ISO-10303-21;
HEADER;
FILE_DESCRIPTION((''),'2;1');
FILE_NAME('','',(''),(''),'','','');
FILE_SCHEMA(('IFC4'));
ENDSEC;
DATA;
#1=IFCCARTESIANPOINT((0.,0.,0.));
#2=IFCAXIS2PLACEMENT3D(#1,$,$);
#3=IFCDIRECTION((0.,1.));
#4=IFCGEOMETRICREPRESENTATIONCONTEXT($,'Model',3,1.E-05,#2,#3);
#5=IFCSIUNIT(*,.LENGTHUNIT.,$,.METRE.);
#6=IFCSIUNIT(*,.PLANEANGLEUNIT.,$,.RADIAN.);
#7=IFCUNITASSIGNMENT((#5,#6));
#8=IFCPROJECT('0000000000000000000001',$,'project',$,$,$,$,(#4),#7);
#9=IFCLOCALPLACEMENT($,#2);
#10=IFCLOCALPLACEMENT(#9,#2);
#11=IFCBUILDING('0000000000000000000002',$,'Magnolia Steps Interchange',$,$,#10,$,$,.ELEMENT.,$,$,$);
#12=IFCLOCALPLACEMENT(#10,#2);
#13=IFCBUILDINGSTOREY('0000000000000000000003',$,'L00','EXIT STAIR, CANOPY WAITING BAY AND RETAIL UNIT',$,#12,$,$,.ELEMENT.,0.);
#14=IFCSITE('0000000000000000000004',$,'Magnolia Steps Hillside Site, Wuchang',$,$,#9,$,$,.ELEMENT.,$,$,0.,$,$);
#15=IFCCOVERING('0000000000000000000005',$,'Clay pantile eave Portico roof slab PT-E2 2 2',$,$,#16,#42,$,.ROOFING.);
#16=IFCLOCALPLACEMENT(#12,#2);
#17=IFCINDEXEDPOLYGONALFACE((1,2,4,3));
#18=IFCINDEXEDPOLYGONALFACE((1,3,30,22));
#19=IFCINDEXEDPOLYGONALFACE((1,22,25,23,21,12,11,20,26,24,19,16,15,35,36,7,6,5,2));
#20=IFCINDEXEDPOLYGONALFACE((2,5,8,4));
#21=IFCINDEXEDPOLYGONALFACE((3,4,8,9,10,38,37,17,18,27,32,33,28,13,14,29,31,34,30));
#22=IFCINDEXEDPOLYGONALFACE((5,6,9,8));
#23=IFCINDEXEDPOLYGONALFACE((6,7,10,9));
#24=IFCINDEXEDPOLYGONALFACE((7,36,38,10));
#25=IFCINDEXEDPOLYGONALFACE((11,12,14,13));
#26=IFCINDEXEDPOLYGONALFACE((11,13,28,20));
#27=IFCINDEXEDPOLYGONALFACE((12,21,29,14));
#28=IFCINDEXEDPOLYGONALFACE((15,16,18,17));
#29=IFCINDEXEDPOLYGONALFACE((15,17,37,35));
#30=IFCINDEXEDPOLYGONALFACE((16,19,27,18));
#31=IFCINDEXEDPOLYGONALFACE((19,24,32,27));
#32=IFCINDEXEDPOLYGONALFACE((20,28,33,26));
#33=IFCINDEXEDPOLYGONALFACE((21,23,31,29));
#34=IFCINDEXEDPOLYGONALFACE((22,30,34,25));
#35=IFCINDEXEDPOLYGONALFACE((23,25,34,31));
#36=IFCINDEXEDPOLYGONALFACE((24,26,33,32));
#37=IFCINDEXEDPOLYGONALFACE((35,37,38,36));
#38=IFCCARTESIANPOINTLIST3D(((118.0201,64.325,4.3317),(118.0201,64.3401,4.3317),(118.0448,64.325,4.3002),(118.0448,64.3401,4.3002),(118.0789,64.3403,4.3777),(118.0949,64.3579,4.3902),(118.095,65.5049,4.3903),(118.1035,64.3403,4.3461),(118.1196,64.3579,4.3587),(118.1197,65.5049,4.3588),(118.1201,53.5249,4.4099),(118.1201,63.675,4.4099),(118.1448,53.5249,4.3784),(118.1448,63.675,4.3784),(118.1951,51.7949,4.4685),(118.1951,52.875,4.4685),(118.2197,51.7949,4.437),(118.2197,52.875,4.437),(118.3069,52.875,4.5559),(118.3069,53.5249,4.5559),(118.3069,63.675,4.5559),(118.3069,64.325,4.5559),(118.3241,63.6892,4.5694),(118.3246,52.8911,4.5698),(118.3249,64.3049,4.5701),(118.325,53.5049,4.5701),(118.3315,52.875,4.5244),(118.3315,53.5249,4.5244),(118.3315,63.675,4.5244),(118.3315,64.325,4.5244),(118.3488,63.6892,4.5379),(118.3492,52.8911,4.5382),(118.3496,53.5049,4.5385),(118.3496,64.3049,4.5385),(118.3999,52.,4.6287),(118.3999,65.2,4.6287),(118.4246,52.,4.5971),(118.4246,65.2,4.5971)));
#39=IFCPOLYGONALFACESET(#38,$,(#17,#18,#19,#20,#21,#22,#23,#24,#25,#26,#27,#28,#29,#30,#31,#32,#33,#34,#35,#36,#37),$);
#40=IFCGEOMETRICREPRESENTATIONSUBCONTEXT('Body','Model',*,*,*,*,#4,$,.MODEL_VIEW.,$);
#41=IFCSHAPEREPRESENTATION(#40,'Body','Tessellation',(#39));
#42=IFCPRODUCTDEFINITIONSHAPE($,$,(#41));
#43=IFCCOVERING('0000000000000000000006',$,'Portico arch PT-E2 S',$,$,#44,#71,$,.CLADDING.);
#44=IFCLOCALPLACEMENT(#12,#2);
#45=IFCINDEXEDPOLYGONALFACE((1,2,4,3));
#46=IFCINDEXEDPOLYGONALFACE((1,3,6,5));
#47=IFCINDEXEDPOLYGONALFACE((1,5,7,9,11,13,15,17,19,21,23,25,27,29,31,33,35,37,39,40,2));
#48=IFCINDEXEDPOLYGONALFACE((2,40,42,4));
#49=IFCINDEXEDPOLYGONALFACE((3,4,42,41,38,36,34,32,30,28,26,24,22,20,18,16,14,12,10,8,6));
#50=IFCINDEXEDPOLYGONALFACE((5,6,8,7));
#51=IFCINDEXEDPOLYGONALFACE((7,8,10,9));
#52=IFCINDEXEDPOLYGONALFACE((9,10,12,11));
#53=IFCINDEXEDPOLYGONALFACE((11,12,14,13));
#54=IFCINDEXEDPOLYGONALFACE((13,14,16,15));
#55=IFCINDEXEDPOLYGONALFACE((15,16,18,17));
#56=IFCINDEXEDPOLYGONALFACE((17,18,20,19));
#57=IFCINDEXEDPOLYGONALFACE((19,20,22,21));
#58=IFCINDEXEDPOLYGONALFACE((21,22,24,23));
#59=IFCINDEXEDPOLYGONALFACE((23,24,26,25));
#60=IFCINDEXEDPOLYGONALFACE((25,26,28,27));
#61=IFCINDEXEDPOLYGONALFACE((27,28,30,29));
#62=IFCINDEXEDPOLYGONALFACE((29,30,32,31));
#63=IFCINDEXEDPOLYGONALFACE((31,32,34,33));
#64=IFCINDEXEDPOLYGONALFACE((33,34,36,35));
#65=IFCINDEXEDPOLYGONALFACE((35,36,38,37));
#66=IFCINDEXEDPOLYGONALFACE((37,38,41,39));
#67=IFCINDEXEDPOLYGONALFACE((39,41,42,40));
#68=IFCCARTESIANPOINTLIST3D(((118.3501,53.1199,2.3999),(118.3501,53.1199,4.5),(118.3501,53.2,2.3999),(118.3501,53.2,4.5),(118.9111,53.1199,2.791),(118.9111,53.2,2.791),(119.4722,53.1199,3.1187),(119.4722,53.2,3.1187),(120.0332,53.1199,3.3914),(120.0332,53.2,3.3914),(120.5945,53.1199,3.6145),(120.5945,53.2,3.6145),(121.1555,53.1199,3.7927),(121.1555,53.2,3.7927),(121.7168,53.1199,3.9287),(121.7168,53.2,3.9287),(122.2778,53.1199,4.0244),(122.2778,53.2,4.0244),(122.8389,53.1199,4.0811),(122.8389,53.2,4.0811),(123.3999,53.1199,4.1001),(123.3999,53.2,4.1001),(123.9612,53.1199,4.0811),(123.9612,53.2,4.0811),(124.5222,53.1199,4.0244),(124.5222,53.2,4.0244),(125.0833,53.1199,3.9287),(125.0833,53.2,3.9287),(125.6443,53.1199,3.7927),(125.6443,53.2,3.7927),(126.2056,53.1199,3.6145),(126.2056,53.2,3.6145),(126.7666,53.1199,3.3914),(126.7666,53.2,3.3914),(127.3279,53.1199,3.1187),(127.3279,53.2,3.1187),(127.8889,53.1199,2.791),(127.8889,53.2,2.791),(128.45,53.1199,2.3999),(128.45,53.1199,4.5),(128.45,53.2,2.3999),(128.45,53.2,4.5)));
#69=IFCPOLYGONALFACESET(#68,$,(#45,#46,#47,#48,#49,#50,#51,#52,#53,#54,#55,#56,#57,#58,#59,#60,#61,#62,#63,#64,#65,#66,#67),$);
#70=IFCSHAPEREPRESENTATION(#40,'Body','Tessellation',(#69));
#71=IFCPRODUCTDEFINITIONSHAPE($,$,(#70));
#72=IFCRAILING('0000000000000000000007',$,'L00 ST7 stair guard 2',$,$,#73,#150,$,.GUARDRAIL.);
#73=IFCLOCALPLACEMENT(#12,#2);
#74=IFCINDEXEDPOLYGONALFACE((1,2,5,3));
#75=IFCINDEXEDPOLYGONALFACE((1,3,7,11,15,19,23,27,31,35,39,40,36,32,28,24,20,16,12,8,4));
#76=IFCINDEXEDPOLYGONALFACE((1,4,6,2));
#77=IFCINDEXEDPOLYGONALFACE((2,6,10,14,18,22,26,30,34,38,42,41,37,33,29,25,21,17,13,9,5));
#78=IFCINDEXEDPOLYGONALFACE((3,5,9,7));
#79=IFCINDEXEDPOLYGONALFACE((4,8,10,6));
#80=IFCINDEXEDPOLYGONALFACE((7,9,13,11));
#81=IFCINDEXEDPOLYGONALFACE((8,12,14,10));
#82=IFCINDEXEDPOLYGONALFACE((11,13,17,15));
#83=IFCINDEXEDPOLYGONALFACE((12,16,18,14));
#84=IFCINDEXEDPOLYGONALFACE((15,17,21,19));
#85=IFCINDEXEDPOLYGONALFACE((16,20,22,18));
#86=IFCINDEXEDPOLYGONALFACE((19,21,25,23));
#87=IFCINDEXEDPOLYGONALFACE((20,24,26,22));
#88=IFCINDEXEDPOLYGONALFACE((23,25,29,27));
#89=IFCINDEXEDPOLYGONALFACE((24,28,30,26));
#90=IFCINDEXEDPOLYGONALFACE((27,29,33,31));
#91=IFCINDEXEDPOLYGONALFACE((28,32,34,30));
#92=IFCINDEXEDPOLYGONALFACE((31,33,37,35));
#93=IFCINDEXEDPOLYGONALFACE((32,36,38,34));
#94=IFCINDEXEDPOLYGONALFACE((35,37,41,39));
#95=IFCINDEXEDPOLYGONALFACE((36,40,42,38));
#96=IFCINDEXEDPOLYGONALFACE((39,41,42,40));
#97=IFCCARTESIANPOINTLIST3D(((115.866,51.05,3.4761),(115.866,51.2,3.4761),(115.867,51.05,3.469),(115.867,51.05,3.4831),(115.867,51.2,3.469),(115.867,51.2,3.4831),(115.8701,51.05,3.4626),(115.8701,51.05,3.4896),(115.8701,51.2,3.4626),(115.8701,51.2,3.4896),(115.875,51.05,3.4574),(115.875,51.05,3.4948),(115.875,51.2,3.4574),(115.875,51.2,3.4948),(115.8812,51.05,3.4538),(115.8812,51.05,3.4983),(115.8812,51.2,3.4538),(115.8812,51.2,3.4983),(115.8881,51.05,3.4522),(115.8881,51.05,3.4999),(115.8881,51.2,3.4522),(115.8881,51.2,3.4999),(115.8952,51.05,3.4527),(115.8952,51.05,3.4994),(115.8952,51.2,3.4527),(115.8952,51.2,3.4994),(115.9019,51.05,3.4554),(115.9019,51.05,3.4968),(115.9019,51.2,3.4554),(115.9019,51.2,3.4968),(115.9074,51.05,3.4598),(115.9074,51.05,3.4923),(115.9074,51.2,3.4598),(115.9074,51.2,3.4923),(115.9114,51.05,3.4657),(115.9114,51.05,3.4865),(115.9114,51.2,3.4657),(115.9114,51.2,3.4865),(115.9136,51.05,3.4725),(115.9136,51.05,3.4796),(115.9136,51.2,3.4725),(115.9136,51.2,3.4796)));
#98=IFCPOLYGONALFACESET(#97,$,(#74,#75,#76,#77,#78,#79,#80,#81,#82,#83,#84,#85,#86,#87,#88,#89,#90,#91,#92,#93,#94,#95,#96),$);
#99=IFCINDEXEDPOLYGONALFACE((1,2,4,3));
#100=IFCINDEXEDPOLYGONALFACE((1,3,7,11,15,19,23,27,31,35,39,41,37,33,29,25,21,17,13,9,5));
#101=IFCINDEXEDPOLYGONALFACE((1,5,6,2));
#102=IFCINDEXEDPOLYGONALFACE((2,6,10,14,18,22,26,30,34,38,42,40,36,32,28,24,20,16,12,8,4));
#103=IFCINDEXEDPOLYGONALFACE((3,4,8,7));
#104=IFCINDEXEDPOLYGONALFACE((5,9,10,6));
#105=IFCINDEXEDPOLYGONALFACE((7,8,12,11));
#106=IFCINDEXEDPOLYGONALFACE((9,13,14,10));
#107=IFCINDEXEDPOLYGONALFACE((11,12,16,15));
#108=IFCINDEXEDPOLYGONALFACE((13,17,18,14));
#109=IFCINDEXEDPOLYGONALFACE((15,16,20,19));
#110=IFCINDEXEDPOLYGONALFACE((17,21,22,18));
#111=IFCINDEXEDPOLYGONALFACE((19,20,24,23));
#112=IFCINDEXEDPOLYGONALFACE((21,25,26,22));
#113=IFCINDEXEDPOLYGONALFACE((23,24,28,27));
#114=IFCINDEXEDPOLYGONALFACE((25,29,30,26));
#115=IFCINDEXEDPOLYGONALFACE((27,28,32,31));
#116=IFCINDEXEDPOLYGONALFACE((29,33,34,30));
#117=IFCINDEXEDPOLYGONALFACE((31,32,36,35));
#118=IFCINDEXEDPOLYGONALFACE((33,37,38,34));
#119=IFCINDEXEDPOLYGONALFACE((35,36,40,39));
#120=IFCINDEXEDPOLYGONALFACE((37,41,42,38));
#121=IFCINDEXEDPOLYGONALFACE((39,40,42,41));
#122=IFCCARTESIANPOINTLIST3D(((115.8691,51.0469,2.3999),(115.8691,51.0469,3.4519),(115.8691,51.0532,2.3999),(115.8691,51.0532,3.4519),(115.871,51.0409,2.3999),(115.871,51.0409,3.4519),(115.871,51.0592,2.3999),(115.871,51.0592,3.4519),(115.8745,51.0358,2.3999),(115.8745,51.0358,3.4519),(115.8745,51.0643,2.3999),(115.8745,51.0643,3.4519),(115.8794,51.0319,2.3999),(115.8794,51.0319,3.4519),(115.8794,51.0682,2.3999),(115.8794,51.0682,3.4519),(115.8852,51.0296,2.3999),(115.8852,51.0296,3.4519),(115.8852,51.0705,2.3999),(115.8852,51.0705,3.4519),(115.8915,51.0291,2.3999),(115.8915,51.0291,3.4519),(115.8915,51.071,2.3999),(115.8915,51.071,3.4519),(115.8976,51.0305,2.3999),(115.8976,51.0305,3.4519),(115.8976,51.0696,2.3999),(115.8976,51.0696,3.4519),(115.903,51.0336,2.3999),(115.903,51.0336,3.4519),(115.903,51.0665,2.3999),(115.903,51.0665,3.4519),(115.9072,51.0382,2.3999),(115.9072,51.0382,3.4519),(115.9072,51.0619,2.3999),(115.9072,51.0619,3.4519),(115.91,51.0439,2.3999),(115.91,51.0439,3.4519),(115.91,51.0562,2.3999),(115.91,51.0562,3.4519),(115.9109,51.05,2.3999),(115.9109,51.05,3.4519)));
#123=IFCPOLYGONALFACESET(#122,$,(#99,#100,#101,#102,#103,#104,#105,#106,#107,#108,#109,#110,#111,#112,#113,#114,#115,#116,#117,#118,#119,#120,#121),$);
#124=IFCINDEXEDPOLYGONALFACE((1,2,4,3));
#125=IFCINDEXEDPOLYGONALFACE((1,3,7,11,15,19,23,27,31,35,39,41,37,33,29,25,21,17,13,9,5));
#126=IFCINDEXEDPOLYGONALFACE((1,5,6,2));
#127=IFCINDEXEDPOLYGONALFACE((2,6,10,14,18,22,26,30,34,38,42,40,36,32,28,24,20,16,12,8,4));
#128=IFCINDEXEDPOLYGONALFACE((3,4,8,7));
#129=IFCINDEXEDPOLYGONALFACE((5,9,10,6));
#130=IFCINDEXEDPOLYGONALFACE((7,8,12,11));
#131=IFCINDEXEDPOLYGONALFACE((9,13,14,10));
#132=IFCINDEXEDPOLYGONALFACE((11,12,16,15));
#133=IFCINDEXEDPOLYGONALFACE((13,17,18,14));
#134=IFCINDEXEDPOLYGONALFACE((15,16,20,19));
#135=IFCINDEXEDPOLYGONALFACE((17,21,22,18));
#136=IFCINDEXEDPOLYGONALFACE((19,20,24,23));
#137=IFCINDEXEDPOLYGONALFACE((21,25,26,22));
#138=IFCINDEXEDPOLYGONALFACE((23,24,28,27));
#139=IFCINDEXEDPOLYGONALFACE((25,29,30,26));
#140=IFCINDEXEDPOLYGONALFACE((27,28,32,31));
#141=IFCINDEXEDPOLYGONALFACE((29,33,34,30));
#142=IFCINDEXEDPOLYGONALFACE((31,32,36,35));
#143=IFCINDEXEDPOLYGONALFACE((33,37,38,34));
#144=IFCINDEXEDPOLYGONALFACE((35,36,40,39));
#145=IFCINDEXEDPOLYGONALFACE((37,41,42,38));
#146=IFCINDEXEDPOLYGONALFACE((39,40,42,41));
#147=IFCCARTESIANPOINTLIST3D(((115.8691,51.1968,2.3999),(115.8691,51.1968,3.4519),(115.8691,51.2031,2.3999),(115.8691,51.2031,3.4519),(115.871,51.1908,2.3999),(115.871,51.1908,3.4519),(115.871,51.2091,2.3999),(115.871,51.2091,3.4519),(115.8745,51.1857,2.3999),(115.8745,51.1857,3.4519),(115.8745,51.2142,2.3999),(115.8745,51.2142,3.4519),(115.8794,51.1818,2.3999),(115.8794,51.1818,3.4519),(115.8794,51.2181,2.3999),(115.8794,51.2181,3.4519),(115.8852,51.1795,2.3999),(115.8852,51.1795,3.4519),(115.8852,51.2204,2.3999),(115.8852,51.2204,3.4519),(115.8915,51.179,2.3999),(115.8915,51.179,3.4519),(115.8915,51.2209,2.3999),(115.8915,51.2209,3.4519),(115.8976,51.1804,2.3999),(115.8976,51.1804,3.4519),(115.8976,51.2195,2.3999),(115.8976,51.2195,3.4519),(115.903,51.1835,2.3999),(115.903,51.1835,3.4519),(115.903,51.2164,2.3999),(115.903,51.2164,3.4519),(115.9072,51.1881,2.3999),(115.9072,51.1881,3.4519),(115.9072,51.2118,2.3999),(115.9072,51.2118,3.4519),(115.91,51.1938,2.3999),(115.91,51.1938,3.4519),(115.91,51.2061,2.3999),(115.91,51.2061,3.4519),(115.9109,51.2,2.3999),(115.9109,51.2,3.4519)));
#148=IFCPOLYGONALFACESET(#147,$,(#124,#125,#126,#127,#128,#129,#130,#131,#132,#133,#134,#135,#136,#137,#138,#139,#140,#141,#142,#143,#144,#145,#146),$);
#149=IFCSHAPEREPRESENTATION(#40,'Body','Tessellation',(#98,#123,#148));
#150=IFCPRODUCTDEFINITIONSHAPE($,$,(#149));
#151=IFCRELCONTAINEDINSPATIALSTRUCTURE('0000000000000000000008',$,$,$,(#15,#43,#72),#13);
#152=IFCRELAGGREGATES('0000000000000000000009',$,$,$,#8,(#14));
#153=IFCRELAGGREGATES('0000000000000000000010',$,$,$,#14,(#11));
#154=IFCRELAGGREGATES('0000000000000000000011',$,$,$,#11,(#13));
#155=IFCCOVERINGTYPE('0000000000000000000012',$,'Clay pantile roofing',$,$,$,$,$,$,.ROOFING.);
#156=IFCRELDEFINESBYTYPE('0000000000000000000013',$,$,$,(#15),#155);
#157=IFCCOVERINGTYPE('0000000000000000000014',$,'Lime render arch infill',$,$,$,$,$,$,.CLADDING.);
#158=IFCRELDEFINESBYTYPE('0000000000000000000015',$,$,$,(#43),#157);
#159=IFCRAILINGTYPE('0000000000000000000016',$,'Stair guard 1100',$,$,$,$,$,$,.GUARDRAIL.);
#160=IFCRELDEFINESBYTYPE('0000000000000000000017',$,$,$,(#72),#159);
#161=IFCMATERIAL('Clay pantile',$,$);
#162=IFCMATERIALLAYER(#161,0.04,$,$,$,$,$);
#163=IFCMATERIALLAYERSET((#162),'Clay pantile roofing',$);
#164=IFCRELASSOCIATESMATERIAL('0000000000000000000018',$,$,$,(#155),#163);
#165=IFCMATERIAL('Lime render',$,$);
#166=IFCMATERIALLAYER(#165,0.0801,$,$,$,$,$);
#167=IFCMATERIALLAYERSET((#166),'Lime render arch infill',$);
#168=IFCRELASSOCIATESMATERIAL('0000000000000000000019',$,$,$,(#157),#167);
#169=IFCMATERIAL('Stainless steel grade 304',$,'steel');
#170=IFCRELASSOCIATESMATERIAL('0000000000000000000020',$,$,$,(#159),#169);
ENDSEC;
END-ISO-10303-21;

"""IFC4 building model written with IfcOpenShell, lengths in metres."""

from ifc_helpers import new_model, si_unit, direction, frame, origin, origin_2d, place, context, subcontext, project, spatial, polyline, circle, outline, extrude, material, layer, layer_set, type_object, element, save


model = new_model("IFC4")

# Units and contexts
model_context = context("Model", 3, precision=1e-05, world=origin(), true_north=direction((0.0, 1.0)))
body_context = subcontext(model_context, "Body", "Model", "MODEL_VIEW")
ifc_project = project(units=[si_unit("LENGTHUNIT", "METRE"), si_unit("PLANEANGLEUNIT", "RADIAN")], contexts=[model_context])

# Site, building, storey
site_placement = place(None, origin())
site = spatial("IfcSite", under=ifc_project, at=site_placement, Name="Magnolia Steps Hillside Site, Wuchang", CompositionType="ELEMENT", RefElevation=0.0)
building_placement = place(site_placement, origin())
building = spatial("IfcBuilding", under=site, at=building_placement, Name="Magnolia Steps Interchange", CompositionType="ELEMENT")
storey_placement = place(building_placement, origin())
storey = spatial("IfcBuildingStorey", under=building, at=storey_placement, Name="L00", Description="EXIT STAIR, CANOPY WAITING BAY AND RETAIL UNIT", CompositionType="ELEMENT", Elevation=0.0)

# Coverings
ifc_material_1 = material(Name="Clay pantile")
ifc_layer_1 = layer(ifc_material_1, 0.04)
ifc_layer_set_1 = layer_set([ifc_layer_1], Name="Clay pantile roofing")
covering_type_1 = type_object("IfcCoveringType", Name="Clay pantile roofing", PredefinedType="ROOFING", material=ifc_layer_set_1)
covering_1_placement = place(storey_placement, frame((118.1951, 52.875, 4.4685), z_axis=(-0.615959, -0.000001, 0.787778), x_axis=(0.787778, 0.0, 0.615959)))
element("IfcCovering", 1, at=covering_1_placement, inside=storey, type_object=covering_type_1, Name="Clay pantile eave Portico roof slab PT-E2 2 2", PredefinedType="ROOFING", context=body_context, shape_type="SweptSolid", body=[
    extrude(outline(polyline([(0.0, 0.0), (0.1419, 0.0), (0.1644, 0.0161), (0.1649, 0.6299), (0.1419, 0.6499), (-0.0951, 0.6499), (-0.0951, 10.8), (0.1419, 10.8), (0.1638, 10.8142), (0.1649, 11.4299), (0.1419, 11.45), (-0.2221, 11.45), (-0.2221, 11.4651), (-0.1475, 11.4653), (-0.1271, 11.4829), (-0.127, 12.6299), (0.26, 12.325), (0.26, -0.875), (0.0, -1.0801), (0.0, 0.0)])), origin(), (0.0, 0.0, -1.0), 0.04),
])
ifc_material_2 = material(Name="Lime render")
ifc_layer_2 = layer(ifc_material_2, 0.0801)
ifc_layer_set_2 = layer_set([ifc_layer_2], Name="Lime render arch infill")
covering_type_2 = type_object("IfcCoveringType", Name="Lime render arch infill", PredefinedType="CLADDING", material=ifc_layer_set_2)
covering_2_placement = place(storey_placement, frame((118.3501, 53.2, 2.3999), z_axis=(0.0, 1.0, 0.0), x_axis=(0.0, 0.0, 1.0)))
element("IfcCovering", 2, at=covering_2_placement, inside=storey, type_object=covering_type_2, Name="Portico arch PT-E2 S", PredefinedType="CLADDING", context=body_context, shape_type="SweptSolid", body=[
    extrude(outline(polyline([(0.0, 0.0), (2.1001, 0.0), (2.1001, 10.0999), (0.0, 10.0999), (0.3911, 9.5388), (0.7188, 8.9778), (0.9915, 8.4165), (1.2146, 7.8555), (1.3928, 7.2942), (1.5288, 6.7332), (1.6245, 6.1721), (1.6812, 5.6111), (1.7002, 5.0498), (1.6812, 4.4888), (1.6245, 3.9277), (1.5288, 3.3667), (1.3928, 2.8054), (1.2146, 2.2444), (0.9915, 1.6831), (0.7188, 1.1221), (0.3911, 0.561), (0.0, 0.0)])), origin(), (0.0, 0.0, -1.0), 0.0801),
])

# Railing
ifc_material_3 = material(Name="Stainless steel grade 304", Category="steel")
railing_type_1 = type_object("IfcRailingType", Name="Stair guard 1100", PredefinedType="GUARDRAIL", material=ifc_material_3)
railing_1_placement = place(storey_placement, frame((115.8899, 51.05, 2.3999)))
element("IfcRailing", 3, at=railing_1_placement, inside=storey, type_object=railing_type_1, Name="L00 ST7 stair guard 2", PredefinedType="GUARDRAIL", context=body_context, shape_type="SweptSolid", body=[
    extrude(circle(Radius=0.0239, at=origin_2d()), frame((0.0, 0.0, 1.0762), z_axis=(0.0, 1.0, 0.0), x_axis=(-1.0, 0.0, 0.0)), (0.0, 0.0, 1.0), 0.1499),
    extrude(circle(Radius=0.021, at=origin_2d()), origin(), (0.0, 0.0, 1.0), 1.052),
    extrude(circle(Radius=0.021, at=origin_2d()), frame((0.0, 0.1499, 0.0)), (0.0, 0.0, 1.0), 1.052),
])

save(model, "model.ifc")
